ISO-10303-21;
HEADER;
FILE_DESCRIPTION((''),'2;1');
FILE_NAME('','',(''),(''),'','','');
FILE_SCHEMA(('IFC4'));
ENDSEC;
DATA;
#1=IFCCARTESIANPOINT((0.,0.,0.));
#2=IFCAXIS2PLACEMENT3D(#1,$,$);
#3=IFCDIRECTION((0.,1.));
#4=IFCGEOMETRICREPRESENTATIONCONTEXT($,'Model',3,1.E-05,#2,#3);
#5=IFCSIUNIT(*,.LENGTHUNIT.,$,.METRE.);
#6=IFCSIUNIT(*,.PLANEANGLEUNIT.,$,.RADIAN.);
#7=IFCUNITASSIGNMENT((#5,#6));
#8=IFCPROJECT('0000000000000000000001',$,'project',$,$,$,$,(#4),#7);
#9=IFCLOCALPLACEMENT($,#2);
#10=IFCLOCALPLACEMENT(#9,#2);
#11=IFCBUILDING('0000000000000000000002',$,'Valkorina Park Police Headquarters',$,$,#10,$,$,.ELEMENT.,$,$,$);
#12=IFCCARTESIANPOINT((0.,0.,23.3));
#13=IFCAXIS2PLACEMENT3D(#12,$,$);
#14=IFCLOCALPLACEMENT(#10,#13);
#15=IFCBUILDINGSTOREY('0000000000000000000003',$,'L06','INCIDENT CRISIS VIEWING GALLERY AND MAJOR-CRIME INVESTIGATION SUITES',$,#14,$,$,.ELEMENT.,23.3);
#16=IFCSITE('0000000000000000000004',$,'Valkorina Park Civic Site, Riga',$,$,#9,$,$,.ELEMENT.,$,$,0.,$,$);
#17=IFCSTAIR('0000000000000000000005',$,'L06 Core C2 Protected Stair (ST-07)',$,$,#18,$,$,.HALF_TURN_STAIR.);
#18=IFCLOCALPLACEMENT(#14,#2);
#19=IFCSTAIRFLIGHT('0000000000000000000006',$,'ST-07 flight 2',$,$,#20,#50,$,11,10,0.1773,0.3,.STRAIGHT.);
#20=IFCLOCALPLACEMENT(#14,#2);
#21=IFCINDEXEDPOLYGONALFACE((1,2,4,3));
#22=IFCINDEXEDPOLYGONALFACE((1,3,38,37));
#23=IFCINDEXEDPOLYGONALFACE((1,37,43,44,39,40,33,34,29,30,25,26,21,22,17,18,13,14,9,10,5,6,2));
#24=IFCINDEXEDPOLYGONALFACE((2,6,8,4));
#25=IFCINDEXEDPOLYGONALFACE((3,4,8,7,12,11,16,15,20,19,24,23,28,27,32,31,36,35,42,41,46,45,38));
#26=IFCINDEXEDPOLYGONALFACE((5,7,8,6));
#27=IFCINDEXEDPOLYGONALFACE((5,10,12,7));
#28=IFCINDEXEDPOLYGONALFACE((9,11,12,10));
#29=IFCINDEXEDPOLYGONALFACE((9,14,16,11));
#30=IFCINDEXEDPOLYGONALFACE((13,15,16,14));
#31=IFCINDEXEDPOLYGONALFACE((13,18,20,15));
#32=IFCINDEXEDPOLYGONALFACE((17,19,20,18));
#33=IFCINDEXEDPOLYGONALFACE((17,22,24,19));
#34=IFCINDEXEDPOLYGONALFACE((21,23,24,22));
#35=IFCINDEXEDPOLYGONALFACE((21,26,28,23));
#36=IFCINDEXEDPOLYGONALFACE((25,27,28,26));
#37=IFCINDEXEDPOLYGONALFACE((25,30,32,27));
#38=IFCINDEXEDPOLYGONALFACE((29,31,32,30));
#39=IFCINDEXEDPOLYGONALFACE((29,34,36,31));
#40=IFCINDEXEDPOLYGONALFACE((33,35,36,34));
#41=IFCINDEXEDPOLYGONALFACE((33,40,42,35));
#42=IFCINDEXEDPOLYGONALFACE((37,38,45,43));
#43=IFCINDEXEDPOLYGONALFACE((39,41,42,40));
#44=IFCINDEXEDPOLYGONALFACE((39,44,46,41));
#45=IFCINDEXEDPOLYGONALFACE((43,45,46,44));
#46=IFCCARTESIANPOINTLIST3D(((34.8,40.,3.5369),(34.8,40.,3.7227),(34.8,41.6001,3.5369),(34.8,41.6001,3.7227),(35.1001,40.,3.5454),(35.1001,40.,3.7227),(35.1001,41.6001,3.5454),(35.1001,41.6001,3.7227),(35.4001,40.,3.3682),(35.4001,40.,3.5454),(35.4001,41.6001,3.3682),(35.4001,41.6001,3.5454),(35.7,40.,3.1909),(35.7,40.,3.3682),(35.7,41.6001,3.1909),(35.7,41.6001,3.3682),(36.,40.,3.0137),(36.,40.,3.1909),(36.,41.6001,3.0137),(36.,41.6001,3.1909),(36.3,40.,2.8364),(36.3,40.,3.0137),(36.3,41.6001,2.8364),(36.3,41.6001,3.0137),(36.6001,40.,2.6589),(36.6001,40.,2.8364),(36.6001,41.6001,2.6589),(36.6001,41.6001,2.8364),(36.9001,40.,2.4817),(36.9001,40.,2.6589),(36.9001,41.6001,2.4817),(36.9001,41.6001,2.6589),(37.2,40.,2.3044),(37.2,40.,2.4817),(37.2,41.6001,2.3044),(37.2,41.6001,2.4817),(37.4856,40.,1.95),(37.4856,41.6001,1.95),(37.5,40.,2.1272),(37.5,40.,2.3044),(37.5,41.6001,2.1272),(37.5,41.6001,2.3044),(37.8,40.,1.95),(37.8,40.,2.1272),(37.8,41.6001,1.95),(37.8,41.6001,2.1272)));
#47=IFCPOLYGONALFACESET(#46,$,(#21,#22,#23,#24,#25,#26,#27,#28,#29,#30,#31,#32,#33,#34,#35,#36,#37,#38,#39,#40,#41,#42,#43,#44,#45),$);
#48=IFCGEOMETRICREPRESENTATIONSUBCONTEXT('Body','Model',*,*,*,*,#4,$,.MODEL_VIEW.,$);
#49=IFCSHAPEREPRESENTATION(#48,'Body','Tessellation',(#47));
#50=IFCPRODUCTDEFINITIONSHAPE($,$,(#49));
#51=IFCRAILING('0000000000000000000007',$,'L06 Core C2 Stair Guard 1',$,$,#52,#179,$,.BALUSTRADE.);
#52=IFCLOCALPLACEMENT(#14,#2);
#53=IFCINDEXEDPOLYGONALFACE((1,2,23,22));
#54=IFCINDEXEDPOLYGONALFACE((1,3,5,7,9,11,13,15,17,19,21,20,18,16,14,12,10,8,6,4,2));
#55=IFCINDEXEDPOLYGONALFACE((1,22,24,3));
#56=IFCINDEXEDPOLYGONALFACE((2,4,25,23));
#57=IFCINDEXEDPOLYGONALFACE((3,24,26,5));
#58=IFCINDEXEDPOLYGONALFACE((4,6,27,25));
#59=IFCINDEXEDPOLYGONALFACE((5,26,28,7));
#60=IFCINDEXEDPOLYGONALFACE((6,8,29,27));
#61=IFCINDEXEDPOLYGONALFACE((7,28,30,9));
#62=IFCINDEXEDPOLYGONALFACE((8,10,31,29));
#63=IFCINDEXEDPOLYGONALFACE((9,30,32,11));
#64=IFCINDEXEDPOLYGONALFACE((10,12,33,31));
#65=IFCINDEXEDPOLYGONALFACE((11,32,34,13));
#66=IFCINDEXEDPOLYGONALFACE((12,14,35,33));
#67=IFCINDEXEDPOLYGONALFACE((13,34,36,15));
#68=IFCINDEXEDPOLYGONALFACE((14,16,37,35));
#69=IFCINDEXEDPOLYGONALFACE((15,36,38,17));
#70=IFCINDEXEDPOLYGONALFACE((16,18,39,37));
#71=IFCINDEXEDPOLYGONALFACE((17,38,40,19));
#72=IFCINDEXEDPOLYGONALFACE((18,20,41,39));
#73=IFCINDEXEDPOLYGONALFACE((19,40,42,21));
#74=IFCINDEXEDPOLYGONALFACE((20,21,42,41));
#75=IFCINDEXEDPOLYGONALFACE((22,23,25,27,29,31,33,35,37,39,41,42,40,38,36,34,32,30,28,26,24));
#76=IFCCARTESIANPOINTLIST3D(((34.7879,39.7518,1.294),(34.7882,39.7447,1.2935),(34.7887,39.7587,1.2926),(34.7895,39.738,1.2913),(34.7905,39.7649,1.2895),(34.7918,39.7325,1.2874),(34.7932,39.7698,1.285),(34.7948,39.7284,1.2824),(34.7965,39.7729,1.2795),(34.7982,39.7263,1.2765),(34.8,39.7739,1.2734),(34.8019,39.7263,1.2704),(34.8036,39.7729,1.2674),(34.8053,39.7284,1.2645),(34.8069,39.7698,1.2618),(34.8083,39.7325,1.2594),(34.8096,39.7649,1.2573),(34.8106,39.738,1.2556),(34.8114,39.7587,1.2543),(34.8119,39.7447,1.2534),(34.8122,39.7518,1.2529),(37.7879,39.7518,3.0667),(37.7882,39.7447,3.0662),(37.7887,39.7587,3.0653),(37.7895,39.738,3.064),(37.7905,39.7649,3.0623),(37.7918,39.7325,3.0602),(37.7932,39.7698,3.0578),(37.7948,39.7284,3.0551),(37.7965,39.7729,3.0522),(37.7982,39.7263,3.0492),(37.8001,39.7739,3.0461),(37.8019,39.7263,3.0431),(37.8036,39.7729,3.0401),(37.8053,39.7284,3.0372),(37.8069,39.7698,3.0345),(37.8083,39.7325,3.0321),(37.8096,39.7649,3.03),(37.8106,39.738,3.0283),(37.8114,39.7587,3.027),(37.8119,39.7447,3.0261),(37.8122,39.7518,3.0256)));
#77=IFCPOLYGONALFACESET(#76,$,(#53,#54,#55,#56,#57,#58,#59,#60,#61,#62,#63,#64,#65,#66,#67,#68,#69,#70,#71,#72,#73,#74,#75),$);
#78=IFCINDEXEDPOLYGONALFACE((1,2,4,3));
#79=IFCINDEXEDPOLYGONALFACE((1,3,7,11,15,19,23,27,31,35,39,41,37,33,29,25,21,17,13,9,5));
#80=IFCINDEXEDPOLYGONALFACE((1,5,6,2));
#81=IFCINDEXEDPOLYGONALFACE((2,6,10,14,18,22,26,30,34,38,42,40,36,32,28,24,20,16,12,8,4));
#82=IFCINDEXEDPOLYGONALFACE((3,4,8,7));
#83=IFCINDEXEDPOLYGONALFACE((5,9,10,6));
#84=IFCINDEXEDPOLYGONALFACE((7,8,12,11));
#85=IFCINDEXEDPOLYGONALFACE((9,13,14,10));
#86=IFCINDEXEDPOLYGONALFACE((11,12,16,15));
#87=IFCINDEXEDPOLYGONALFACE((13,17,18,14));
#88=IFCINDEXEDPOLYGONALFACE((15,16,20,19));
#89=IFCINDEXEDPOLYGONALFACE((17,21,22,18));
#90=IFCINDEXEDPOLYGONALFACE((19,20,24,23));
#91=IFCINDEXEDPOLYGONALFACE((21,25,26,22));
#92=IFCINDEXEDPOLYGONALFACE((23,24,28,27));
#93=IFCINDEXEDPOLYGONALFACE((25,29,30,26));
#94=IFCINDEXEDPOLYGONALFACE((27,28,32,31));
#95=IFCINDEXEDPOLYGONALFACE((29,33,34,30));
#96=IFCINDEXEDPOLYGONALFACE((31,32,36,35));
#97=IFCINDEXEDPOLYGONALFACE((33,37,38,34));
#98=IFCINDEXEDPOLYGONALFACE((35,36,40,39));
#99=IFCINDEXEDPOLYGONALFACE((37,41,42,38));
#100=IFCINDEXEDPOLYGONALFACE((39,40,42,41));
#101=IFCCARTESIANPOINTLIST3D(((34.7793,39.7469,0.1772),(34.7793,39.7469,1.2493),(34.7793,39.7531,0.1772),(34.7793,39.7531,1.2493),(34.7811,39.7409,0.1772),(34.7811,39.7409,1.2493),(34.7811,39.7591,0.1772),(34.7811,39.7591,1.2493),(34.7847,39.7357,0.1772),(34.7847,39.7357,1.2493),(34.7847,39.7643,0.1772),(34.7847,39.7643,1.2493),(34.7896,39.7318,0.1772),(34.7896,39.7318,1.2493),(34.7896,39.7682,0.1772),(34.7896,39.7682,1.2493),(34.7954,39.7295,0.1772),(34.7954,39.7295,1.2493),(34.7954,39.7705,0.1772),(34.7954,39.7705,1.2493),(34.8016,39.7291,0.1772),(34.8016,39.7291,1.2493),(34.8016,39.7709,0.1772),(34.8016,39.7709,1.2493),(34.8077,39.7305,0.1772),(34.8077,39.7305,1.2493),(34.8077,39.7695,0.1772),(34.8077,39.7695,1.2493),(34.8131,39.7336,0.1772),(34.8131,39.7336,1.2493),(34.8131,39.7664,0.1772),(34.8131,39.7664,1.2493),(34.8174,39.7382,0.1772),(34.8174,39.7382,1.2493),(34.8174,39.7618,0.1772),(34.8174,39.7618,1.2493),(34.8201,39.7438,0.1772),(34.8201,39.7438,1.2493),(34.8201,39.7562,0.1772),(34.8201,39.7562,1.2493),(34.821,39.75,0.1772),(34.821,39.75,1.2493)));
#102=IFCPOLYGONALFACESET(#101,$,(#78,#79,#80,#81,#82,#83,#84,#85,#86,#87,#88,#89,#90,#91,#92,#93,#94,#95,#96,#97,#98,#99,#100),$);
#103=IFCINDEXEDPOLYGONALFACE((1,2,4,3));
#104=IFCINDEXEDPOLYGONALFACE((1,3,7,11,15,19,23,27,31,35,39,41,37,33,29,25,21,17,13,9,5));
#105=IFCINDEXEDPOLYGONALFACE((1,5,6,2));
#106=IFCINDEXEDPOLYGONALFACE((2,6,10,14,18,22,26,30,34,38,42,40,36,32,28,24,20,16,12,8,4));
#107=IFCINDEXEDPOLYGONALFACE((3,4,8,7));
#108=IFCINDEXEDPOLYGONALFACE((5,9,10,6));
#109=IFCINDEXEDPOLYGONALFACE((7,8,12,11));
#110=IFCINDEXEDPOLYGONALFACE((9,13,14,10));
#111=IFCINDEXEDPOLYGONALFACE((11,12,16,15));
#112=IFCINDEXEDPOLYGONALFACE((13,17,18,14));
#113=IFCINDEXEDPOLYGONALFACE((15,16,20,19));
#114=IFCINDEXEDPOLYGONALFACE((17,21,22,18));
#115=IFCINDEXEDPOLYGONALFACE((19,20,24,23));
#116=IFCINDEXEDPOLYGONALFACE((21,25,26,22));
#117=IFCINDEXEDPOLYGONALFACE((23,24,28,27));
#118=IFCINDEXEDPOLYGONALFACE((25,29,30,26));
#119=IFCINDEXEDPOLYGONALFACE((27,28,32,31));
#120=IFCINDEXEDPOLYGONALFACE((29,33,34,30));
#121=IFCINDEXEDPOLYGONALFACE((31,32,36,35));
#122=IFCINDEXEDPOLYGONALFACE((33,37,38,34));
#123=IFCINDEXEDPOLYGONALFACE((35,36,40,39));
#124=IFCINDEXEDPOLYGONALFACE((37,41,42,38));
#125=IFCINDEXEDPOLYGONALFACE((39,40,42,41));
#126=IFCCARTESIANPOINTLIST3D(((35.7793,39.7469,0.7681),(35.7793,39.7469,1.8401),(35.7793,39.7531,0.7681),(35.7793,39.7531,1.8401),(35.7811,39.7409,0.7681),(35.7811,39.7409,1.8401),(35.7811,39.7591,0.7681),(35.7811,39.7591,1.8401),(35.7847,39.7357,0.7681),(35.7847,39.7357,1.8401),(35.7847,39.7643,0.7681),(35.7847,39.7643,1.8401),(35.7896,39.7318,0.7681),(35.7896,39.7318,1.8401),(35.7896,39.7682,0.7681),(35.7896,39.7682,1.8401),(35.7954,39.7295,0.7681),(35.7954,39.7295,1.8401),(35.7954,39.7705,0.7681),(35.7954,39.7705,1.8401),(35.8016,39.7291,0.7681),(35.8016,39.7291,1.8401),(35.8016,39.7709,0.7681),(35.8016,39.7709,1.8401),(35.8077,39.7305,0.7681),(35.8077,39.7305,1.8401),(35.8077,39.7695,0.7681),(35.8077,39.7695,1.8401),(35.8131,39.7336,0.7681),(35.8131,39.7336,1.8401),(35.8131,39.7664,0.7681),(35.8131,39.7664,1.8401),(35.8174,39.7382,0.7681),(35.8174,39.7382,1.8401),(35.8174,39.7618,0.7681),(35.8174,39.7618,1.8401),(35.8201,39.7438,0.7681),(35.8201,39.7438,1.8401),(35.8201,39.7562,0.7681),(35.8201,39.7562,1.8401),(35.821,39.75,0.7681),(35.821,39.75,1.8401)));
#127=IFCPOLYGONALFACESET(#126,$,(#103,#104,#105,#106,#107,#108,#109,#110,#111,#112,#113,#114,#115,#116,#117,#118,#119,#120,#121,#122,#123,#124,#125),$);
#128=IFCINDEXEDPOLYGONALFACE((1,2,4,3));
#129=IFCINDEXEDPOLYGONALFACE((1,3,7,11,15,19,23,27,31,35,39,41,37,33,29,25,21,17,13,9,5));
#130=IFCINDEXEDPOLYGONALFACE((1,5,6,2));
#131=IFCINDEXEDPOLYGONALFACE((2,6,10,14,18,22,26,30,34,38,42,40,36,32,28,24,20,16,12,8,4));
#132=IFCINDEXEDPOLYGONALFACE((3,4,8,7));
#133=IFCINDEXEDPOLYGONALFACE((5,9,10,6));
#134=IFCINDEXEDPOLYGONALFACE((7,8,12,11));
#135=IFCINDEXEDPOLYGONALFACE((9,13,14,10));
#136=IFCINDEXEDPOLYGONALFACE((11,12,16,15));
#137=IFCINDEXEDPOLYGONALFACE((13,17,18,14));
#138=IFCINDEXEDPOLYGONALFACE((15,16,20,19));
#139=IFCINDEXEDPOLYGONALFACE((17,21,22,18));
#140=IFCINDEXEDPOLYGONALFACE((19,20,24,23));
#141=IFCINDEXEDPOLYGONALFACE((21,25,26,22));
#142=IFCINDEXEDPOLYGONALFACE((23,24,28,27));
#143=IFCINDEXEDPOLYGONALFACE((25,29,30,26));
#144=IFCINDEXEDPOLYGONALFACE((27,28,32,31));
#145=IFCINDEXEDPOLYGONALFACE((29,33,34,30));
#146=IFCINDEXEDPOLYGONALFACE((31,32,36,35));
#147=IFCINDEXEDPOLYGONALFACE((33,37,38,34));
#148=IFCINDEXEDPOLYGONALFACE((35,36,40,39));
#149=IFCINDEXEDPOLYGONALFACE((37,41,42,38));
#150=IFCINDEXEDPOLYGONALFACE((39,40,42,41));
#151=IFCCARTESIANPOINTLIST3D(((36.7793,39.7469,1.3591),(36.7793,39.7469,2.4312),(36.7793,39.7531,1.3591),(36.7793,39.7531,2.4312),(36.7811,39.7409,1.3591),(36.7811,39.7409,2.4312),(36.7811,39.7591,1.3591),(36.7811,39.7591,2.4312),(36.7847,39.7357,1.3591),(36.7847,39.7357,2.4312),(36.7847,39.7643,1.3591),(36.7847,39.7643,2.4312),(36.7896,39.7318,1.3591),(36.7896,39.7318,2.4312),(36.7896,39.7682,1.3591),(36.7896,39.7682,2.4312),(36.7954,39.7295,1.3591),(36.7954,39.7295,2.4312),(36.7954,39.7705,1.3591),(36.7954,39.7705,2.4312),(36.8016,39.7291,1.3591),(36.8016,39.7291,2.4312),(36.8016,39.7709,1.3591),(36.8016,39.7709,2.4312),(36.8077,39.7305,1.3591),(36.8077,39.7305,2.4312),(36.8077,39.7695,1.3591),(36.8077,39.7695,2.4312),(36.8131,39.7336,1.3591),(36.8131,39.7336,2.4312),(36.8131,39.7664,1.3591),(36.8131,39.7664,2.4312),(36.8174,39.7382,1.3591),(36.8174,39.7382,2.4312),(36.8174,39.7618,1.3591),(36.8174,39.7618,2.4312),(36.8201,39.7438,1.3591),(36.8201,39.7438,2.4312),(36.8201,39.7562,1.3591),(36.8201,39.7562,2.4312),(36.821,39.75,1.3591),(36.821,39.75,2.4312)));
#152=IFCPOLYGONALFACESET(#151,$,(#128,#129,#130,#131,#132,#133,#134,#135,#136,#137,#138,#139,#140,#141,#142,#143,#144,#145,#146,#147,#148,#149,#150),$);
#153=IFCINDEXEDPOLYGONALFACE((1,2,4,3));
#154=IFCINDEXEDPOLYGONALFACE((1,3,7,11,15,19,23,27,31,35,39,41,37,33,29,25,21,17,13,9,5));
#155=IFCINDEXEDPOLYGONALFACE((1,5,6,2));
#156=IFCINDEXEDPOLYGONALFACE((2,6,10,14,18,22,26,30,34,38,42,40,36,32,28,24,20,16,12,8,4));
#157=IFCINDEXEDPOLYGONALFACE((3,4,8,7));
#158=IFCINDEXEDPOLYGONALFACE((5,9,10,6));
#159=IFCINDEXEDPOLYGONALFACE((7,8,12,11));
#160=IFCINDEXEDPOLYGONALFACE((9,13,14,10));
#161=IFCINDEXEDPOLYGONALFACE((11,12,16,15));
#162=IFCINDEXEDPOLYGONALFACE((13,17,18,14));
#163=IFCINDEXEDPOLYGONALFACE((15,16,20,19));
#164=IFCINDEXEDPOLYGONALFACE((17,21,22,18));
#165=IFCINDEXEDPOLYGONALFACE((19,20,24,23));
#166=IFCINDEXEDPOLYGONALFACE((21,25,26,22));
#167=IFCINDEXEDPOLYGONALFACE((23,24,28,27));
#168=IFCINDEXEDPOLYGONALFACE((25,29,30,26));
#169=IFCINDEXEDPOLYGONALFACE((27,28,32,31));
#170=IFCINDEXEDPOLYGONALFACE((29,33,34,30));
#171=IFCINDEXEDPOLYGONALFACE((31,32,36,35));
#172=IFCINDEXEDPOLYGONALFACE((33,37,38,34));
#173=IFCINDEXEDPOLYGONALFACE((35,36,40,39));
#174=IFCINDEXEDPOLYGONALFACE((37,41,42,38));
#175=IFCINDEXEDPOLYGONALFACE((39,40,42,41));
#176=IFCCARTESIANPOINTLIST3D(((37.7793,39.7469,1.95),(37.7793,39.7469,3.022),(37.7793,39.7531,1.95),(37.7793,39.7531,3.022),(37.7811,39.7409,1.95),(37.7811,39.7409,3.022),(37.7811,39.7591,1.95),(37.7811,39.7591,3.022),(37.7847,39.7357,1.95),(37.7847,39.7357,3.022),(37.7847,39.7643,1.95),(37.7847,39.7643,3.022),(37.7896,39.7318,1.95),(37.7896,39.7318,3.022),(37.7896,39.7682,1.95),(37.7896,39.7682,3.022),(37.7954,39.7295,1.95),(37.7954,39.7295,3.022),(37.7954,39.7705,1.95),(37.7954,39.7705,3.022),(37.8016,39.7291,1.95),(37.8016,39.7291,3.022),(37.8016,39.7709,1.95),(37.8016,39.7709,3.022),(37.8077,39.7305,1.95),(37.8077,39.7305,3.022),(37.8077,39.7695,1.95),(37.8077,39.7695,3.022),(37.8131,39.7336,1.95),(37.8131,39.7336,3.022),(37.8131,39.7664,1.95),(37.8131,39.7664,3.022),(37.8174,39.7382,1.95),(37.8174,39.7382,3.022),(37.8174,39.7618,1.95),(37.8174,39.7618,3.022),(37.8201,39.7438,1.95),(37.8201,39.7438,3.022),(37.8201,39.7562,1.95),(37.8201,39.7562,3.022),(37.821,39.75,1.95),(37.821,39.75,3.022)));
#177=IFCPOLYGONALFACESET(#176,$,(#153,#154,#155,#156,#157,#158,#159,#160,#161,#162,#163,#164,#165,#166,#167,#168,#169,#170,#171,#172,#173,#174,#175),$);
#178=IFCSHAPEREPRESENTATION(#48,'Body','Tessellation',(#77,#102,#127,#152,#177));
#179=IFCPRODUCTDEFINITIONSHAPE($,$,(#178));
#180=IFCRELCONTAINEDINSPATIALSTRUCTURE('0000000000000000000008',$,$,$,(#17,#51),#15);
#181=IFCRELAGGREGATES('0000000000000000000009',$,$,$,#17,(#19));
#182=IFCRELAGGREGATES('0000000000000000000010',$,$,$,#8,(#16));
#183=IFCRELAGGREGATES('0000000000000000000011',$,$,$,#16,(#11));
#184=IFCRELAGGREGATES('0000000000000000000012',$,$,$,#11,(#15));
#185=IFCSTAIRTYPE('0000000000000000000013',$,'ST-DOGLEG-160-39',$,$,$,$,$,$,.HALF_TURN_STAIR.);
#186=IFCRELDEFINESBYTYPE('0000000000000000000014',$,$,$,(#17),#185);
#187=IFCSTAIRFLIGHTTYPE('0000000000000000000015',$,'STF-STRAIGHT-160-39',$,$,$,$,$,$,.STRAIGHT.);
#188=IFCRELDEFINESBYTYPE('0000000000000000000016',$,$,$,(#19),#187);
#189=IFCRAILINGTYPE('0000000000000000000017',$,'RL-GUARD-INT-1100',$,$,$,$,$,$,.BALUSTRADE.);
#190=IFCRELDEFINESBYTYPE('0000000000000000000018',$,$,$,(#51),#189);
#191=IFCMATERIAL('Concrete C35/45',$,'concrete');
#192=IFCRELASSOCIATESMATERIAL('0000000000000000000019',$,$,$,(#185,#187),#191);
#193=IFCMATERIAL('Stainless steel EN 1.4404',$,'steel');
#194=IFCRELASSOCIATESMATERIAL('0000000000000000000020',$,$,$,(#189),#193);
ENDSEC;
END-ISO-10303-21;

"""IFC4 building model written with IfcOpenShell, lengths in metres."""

from ifc_helpers import new_model, si_unit, direction, frame, origin, origin_2d, place, context, subcontext, project, spatial, polyline, circle, outline, extrude, material, type_object, element, aggregate, save


model = new_model("IFC4")

# Units and contexts
model_context = context("Model", 3, precision=1e-05, world=origin(), true_north=direction((0.0, 1.0)))
body_context = subcontext(model_context, "Body", "Model", "MODEL_VIEW")
ifc_project = project(units=[si_unit("LENGTHUNIT", "METRE"), si_unit("PLANEANGLEUNIT", "RADIAN")], contexts=[model_context])

# Site, building, storey
site_placement = place(None, origin())
site = spatial("IfcSite", under=ifc_project, at=site_placement, Name="Valkorina Park Civic Site, Riga", CompositionType="ELEMENT", RefElevation=0.0)
building_placement = place(site_placement, origin())
building = spatial("IfcBuilding", under=site, at=building_placement, Name="Valkorina Park Police Headquarters", CompositionType="ELEMENT")
storey_placement = place(building_placement, frame((0.0, 0.0, 23.3)))
storey = spatial("IfcBuildingStorey", under=building, at=storey_placement, Name="L06", Description="INCIDENT CRISIS VIEWING GALLERY AND MAJOR-CRIME INVESTIGATION SUITES", CompositionType="ELEMENT", Elevation=23.3)

# Stair, stair flight
ifc_material_1 = material(Name="Concrete C35/45", Category="concrete")
stair_type = type_object("IfcStairType", Name="ST-DOGLEG-160-39", PredefinedType="HALF_TURN_STAIR", material=ifc_material_1)
stair_placement = place(storey_placement, origin())
stair = element("IfcStair", 1, at=stair_placement, inside=storey, type_object=stair_type, Name="L06 Core C2 Protected Stair (ST-07)", PredefinedType="HALF_TURN_STAIR")
stair_flight_type = type_object("IfcStairFlightType", Name="STF-STRAIGHT-160-39", PredefinedType="STRAIGHT", material=ifc_material_1)
stair_flight_1_placement = place(storey_placement, frame((37.8, 40.8, 1.95), z_axis=(0.0, 0.0, 1.0), x_axis=(-1.0, 0.0, 0.0)))
stair_flight_1 = element("IfcStairFlight", 2, at=stair_flight_1_placement, type_object=stair_flight_type, Name="ST-07 flight 2", NumberOfRisers=11, NumberOfTreads=10, PredefinedType="STRAIGHT", RiserHeight=0.1773, TreadLength=0.3, context=body_context, shape_type="SweptSolid", body=[
    extrude(outline(polyline([(0.0, 0.0), (0.0, 0.1772), (0.3, 0.1772), (0.3, 0.3545), (0.6001, 0.3545), (0.6001, 0.5317), (0.8999, 0.5317), (0.8999, 0.709), (1.2, 0.709), (1.2, 0.8865), (1.5, 0.8865), (1.5, 1.0637), (1.8, 1.0637), (1.8, 1.241), (2.1001, 1.241), (2.1001, 1.4182), (2.3999, 1.4182), (2.3999, 1.5955), (2.7, 1.5955), (2.7, 1.7727), (3.0, 1.7727), (3.0, 1.95), (3.0, 1.5869), (0.3145, 0.0), (0.0, 0.0)])), frame((0.0, 0.8, 0.0), z_axis=(0.0, -1.0, 0.0), x_axis=(1.0, 0.0, 0.0)), (0.0, 0.0, 1.0), 1.6001),
])
aggregate(stair, [stair_flight_1])

# Railing
ifc_material_2 = material(Name="Stainless steel EN 1.4404", Category="steel")
railing_type_1 = type_object("IfcRailingType", Name="RL-GUARD-INT-1100", PredefinedType="BALUSTRADE", material=ifc_material_2)
railing_1_placement = place(storey_placement, frame((34.8, 39.75, 0.1772)))
element("IfcRailing", 3, at=railing_1_placement, inside=storey, type_object=railing_type_1, Name="L06 Core C2 Stair Guard 1", PredefinedType="BALUSTRADE", context=body_context, shape_type="SweptSolid", body=[
    extrude(circle(Radius=0.0239, at=origin_2d()), frame((0.0, 0.0, 1.0962), z_axis=(0.860929, 0.0, 0.508725), x_axis=(0.0, 1.0, 0.0)), (0.0, 0.0, 1.0), 3.4846),
    extrude(circle(Radius=0.021, at=origin_2d()), origin(), (0.0, 0.0, 1.0), 1.072),
    extrude(circle(Radius=0.021, at=origin_2d()), frame((1.0, 0.0, 0.5908)), (0.0, 0.0, 1.0), 1.072),
    extrude(circle(Radius=0.021, at=origin_2d()), frame((2.0, 0.0, 1.1819)), (0.0, 0.0, 1.0), 1.072),
    extrude(circle(Radius=0.021, at=origin_2d()), frame((3.0, 0.0, 1.7727)), (0.0, 0.0, 1.0), 1.072),
])

save(model, "model.ifc")
